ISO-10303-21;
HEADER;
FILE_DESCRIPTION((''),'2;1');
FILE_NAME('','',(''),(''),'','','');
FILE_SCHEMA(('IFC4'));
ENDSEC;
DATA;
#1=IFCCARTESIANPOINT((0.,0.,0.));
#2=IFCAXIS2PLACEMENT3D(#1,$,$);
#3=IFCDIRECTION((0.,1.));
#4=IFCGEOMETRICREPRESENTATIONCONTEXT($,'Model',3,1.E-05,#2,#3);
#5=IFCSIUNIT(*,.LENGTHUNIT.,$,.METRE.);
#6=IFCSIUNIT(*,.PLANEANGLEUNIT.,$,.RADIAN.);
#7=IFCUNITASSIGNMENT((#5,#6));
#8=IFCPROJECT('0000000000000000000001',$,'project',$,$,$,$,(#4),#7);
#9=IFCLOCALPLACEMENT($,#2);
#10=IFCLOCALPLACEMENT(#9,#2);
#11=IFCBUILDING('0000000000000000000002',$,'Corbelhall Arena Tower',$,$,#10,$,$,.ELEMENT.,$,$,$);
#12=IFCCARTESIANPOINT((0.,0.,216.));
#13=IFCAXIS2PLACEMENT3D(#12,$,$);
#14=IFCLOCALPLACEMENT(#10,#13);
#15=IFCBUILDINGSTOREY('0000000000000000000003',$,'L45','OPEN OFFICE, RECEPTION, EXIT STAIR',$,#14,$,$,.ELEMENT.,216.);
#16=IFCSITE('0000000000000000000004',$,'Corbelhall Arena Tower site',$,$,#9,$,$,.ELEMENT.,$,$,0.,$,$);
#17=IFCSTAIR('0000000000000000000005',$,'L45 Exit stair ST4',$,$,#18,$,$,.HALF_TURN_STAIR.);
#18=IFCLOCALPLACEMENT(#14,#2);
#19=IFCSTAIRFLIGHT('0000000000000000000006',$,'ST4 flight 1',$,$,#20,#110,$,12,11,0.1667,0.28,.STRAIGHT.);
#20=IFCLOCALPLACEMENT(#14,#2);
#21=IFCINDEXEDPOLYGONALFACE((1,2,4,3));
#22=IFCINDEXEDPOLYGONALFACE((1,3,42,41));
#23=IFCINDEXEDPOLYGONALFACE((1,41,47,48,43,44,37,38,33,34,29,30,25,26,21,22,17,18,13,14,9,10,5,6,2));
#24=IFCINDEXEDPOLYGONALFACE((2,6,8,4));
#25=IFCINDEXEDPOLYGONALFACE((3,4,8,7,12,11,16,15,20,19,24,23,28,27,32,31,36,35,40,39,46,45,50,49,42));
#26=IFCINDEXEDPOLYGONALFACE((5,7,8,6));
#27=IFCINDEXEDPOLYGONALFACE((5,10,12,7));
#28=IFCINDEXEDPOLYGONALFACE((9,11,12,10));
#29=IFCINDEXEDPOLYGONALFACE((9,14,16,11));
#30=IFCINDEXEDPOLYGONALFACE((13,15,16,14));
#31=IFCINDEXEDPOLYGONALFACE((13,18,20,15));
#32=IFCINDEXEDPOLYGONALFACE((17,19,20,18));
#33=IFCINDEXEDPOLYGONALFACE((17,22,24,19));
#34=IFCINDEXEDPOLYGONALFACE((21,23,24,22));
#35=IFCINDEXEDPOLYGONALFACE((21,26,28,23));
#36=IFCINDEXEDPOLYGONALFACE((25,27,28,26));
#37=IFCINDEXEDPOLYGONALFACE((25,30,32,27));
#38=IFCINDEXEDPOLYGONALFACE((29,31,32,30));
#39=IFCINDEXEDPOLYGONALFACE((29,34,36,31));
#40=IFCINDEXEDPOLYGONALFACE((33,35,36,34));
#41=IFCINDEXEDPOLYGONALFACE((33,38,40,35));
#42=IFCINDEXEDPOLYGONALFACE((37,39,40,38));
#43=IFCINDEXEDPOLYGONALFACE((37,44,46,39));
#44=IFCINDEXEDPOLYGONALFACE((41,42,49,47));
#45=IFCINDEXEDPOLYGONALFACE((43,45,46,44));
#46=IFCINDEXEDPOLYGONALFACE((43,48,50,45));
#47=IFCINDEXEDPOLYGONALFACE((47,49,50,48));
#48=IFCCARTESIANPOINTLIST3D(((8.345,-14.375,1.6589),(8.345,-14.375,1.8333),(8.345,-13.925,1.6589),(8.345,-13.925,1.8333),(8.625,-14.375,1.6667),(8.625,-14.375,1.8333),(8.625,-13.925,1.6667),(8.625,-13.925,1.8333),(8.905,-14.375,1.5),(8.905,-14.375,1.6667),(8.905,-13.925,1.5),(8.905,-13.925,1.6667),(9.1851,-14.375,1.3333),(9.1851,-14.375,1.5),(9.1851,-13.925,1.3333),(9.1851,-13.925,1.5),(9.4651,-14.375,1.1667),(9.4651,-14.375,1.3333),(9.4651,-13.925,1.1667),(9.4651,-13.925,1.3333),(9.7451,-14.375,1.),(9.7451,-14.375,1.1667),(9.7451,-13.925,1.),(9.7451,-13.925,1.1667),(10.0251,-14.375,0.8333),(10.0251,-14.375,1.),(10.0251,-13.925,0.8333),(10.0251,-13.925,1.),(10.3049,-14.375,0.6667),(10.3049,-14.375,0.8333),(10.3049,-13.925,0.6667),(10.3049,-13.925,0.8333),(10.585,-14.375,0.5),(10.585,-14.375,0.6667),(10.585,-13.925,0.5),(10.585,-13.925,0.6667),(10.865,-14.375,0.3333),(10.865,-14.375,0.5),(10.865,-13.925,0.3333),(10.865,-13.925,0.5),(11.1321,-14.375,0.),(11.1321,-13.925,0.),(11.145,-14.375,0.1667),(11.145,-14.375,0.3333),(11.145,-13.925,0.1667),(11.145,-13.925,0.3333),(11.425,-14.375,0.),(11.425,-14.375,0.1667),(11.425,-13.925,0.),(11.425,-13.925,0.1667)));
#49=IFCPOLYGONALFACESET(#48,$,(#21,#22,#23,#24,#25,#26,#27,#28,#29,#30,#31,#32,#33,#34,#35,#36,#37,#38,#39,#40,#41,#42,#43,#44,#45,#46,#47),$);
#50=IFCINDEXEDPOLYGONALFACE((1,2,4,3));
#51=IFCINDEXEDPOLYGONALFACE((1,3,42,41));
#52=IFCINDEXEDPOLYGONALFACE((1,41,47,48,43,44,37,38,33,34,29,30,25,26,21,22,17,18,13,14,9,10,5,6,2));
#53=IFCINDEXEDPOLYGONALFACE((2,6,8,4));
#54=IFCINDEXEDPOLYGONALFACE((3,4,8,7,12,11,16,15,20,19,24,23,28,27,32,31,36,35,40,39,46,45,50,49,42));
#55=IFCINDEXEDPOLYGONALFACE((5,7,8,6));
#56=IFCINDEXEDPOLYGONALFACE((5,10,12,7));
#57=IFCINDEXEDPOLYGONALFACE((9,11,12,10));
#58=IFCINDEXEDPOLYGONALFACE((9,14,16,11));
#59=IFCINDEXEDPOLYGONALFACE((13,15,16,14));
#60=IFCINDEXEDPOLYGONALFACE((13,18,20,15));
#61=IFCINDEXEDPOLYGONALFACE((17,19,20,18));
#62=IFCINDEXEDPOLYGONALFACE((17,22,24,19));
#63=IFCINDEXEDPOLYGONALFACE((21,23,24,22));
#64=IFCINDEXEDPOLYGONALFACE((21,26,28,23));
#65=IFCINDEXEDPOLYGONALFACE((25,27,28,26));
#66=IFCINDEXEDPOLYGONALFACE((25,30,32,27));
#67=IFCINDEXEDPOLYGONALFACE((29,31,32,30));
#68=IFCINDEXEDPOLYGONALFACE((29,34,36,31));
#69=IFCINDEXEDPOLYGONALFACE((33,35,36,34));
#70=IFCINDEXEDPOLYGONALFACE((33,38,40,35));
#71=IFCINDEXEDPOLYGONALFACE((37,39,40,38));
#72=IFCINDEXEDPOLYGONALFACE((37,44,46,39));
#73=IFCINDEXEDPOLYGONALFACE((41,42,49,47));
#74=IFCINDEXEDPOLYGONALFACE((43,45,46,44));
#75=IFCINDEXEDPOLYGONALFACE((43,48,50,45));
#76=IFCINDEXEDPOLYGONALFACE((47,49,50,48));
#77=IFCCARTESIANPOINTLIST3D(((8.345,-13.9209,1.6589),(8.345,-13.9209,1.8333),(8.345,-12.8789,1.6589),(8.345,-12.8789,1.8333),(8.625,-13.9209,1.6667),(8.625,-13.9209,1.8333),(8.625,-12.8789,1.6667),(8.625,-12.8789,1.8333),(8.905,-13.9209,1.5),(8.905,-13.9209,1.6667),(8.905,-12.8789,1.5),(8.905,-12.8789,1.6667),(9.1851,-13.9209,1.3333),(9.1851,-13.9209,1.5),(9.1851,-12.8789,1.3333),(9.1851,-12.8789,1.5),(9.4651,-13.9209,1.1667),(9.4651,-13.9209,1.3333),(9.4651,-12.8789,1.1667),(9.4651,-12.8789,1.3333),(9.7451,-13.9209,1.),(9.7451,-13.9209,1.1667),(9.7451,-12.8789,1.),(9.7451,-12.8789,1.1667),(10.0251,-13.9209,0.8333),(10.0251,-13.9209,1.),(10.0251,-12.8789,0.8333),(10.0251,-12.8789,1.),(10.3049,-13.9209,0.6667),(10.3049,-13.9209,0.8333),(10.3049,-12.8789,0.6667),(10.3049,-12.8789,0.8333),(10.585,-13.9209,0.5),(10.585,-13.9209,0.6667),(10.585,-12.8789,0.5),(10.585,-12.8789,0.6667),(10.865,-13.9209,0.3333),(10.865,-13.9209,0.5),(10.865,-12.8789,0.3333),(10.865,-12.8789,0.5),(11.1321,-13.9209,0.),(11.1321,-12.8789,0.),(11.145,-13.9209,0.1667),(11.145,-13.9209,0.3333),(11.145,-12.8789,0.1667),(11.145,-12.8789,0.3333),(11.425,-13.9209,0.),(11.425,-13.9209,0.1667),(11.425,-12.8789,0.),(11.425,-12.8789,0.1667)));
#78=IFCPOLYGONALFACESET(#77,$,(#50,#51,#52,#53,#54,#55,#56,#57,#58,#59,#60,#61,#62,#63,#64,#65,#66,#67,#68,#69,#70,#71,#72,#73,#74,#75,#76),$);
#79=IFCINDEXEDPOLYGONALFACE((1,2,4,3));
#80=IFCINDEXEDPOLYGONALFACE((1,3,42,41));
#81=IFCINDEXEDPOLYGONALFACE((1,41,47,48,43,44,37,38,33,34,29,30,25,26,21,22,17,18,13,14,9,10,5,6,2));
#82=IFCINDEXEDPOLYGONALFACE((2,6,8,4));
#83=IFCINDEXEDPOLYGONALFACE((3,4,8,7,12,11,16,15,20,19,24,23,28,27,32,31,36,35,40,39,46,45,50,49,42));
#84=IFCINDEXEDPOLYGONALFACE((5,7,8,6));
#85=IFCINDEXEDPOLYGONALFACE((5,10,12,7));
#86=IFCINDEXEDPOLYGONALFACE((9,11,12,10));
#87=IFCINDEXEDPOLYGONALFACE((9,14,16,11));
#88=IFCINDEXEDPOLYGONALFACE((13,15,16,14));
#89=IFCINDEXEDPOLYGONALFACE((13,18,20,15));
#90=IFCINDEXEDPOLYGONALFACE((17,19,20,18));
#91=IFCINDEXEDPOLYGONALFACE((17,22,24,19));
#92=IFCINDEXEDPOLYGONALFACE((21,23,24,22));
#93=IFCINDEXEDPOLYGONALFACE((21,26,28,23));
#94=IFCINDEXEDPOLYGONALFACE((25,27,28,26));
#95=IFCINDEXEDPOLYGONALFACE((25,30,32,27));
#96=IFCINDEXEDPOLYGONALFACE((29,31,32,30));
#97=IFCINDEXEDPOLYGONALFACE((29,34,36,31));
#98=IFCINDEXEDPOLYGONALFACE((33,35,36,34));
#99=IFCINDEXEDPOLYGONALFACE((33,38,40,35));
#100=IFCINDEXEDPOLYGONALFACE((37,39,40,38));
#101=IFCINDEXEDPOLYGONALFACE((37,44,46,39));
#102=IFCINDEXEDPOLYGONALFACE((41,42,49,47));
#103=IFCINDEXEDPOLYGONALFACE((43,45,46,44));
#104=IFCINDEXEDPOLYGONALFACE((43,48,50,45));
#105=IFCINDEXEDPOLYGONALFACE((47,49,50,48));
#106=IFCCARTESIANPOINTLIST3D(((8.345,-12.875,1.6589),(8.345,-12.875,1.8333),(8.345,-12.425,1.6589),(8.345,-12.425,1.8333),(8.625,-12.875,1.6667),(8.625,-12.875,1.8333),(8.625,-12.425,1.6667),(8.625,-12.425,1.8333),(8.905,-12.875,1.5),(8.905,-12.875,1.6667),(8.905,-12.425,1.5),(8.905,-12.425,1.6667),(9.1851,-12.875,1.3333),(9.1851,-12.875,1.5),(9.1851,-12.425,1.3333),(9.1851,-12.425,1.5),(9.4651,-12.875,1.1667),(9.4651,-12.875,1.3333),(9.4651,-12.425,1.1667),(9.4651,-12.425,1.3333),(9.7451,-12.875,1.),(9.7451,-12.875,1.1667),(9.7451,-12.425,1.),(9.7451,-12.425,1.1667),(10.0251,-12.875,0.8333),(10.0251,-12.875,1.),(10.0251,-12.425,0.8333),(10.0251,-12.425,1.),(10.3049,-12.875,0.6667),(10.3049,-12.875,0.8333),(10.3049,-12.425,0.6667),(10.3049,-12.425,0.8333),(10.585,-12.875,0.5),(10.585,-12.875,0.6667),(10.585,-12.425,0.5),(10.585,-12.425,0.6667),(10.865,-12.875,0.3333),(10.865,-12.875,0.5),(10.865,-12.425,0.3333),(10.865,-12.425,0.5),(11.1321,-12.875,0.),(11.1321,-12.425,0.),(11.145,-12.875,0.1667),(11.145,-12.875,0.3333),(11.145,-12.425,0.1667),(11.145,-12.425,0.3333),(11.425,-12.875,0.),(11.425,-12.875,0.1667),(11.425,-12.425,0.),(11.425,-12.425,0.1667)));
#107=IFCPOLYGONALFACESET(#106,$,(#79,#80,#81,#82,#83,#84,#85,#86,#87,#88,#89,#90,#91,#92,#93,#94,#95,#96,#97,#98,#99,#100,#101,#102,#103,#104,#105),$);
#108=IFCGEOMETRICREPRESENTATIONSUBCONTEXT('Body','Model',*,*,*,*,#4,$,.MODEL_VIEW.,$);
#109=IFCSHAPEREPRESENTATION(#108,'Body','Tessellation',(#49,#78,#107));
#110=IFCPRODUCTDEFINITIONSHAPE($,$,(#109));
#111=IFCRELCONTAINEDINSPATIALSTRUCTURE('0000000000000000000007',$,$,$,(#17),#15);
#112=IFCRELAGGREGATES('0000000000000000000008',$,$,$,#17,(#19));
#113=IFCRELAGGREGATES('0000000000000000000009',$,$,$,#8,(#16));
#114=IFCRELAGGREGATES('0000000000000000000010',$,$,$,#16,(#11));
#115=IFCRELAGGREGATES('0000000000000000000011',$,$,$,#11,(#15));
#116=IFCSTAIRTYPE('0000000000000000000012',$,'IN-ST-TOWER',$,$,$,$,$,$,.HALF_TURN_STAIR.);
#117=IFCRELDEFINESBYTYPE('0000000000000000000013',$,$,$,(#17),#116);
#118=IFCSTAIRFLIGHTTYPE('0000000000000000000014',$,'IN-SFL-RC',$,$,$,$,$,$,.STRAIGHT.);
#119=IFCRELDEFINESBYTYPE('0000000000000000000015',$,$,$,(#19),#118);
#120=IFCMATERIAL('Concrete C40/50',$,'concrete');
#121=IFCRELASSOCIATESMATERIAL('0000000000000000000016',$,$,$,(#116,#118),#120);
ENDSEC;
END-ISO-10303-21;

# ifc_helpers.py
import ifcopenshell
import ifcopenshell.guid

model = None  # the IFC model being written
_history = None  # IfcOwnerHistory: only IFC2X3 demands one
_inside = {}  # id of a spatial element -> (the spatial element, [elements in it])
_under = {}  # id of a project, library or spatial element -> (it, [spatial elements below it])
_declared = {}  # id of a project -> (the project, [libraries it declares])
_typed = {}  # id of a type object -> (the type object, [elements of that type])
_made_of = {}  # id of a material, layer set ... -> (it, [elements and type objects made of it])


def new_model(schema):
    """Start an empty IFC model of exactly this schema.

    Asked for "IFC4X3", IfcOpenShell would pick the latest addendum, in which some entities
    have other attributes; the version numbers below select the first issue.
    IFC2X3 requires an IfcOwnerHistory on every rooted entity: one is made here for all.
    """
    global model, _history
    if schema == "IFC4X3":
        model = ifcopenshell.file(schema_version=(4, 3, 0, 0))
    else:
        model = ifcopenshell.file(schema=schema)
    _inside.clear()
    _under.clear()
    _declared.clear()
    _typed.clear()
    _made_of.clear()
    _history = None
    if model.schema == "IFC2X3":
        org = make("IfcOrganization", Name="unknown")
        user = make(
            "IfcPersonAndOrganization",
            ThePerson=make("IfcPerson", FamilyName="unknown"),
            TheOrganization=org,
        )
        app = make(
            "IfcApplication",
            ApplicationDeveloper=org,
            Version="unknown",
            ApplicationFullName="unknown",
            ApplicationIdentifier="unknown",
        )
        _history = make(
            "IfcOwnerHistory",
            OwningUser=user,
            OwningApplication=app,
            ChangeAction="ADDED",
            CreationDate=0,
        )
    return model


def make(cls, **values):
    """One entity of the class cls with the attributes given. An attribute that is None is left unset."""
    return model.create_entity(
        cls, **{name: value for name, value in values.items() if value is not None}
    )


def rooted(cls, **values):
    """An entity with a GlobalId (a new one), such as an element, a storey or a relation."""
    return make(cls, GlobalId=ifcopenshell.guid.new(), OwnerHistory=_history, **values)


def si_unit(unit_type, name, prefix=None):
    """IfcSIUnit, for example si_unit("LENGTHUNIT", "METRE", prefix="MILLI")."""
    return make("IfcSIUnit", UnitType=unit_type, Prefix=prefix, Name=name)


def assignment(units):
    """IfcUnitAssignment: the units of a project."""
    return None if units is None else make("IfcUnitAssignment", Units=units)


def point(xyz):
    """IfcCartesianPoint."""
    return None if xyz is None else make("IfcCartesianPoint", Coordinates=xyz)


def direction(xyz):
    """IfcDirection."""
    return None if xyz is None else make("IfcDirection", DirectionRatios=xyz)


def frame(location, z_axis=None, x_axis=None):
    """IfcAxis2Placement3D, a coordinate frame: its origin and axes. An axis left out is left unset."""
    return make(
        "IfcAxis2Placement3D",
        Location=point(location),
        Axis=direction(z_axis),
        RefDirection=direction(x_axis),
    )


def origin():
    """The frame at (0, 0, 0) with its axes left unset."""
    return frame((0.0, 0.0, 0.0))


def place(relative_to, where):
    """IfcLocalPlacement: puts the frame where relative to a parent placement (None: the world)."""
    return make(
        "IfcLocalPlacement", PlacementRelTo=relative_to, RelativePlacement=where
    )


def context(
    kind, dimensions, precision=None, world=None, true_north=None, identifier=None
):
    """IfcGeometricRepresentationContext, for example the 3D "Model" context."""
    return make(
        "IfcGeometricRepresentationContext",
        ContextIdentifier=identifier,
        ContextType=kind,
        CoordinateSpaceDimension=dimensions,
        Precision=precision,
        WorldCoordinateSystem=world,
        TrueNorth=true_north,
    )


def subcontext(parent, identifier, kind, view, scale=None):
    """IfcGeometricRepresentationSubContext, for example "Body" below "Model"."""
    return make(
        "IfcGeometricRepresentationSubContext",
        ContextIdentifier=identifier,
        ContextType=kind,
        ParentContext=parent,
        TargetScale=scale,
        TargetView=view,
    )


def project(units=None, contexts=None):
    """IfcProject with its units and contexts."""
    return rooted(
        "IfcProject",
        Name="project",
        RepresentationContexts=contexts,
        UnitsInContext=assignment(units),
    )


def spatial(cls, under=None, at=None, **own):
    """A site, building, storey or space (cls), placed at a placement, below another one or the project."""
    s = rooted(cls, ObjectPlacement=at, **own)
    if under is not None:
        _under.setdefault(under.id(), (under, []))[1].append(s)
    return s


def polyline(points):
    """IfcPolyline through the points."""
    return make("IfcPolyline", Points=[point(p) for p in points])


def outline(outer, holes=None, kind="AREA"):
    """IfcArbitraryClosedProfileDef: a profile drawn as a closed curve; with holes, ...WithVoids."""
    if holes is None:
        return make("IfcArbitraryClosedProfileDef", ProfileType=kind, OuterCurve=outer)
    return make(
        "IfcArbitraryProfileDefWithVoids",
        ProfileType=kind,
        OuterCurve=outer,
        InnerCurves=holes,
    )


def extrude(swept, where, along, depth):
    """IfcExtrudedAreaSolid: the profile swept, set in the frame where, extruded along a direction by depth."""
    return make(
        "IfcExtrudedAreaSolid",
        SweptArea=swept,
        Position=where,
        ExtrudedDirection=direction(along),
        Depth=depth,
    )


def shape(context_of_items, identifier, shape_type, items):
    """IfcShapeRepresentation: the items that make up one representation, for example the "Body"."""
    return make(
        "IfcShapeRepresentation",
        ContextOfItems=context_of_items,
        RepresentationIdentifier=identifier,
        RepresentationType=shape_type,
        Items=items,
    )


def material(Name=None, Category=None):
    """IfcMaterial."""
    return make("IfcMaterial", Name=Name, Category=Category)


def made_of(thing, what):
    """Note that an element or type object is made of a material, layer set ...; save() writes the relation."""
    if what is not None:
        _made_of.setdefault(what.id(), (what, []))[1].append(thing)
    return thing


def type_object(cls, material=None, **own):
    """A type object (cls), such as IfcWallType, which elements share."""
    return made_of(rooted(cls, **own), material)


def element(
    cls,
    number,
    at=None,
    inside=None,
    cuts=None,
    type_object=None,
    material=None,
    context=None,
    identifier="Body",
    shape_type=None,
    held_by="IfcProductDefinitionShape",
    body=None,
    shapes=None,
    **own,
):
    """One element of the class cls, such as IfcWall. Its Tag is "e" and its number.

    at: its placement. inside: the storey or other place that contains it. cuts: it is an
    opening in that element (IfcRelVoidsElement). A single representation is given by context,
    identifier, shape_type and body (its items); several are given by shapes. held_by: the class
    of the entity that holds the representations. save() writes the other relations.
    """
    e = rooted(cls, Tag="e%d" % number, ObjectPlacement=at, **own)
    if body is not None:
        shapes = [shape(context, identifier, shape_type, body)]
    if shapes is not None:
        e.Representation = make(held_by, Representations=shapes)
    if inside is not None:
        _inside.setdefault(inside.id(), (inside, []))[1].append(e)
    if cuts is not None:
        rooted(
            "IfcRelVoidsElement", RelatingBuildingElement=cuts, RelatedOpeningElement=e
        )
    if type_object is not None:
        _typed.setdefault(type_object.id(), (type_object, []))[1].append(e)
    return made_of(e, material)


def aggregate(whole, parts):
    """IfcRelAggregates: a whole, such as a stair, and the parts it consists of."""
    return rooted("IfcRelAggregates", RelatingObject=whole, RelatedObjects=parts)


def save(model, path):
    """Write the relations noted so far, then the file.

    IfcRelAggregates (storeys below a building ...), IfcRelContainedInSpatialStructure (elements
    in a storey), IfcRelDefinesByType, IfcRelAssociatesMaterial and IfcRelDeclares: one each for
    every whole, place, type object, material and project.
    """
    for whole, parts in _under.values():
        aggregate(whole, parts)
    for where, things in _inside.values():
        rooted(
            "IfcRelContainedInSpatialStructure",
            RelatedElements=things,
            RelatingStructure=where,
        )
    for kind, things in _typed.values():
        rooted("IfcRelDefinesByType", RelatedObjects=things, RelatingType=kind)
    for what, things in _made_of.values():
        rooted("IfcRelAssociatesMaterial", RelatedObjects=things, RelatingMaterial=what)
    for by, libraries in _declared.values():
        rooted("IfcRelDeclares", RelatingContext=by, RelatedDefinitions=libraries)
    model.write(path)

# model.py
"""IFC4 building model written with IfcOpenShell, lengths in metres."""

from ifc_helpers import new_model, si_unit, direction, frame, origin, place, context, subcontext, project, spatial, polyline, outline, extrude, material, type_object, element, aggregate, save


model = new_model("IFC4")

# Units and contexts
model_context = context("Model", 3, precision=1e-05, world=origin(), true_north=direction((0.0, 1.0)))
body_context = subcontext(model_context, "Body", "Model", "MODEL_VIEW")
ifc_project = project(units=[si_unit("LENGTHUNIT", "METRE"), si_unit("PLANEANGLEUNIT", "RADIAN")], contexts=[model_context])

# Site, building, storey
site_placement = place(None, origin())
site = spatial("IfcSite", under=ifc_project, at=site_placement, Name="Corbelhall Arena Tower site", CompositionType="ELEMENT", RefElevation=0.0)
building_placement = place(site_placement, origin())
building = spatial("IfcBuilding", under=site, at=building_placement, Name="Corbelhall Arena Tower", CompositionType="ELEMENT")
storey_placement = place(building_placement, frame((0.0, 0.0, 216.0)))
storey = spatial("IfcBuildingStorey", under=building, at=storey_placement, Name="L45", Description="OPEN OFFICE, RECEPTION, EXIT STAIR", CompositionType="ELEMENT", Elevation=216.0)

# Shared definitions
ifc_material_1 = material(Name="Concrete C40/50", Category="concrete")

# Stair, stair flight
stair_type = type_object("IfcStairType", Name="IN-ST-TOWER", PredefinedType="HALF_TURN_STAIR", material=ifc_material_1)
stair_placement = place(storey_placement, origin())
stair = element("IfcStair", 1, at=stair_placement, inside=storey, type_object=stair_type, Name="L45 Exit stair ST4", PredefinedType="HALF_TURN_STAIR")
stair_flight_type = type_object("IfcStairFlightType", Name="IN-SFL-RC", PredefinedType="STRAIGHT", material=ifc_material_1)
stair_flight_placement = place(storey_placement, frame((11.425, -13.3999, 0.0), z_axis=(0.0, 0.0, 1.0), x_axis=(-1.0, 0.0, 0.0)))
stair_flight = element("IfcStairFlight", 2, at=stair_flight_placement, type_object=stair_flight_type, Name="ST4 flight 1", NumberOfRisers=12, NumberOfTreads=11, PredefinedType="STRAIGHT", RiserHeight=0.1667, TreadLength=0.28, context=body_context, shape_type="SweptSolid", body=[
    extrude(outline(polyline([(0.0, 0.0), (0.0, 0.1667), (0.28, 0.1667), (0.28, 0.3333), (0.5601, 0.3333), (0.5601, 0.5), (0.8401, 0.5), (0.8401, 0.6667), (1.1201, 0.6667), (1.1201, 0.8333), (1.3999, 0.8333), (1.3999, 1.0), (1.6799, 1.0), (1.6799, 1.1667), (1.96, 1.1667), (1.96, 1.3333), (2.24, 1.3333), (2.24, 1.5), (2.52, 1.5), (2.52, 1.6667), (2.8, 1.6667), (2.8, 1.8333), (3.0801, 1.8333), (3.0801, 2.0), (3.0801, 1.6589), (0.293, 0.0), (0.0, 0.0)])), frame((0.0, 0.9751, 0.0), z_axis=(0.0, -1.0, 0.0), x_axis=(1.0, 0.0, 0.0)), (0.0, 0.0, 1.0), 0.45),
    extrude(outline(polyline([(0.0, 0.0), (0.0, 0.1667), (0.28, 0.1667), (0.28, 0.3333), (0.5601, 0.3333), (0.5601, 0.5), (0.8401, 0.5), (0.8401, 0.6667), (1.1201, 0.6667), (1.1201, 0.8333), (1.3999, 0.8333), (1.3999, 1.0), (1.6799, 1.0), (1.6799, 1.1667), (1.96, 1.1667), (1.96, 1.3333), (2.24, 1.3333), (2.24, 1.5), (2.52, 1.5), (2.52, 1.6667), (2.8, 1.6667), (2.8, 1.8333), (3.0801, 1.8333), (3.0801, 2.0), (3.0801, 1.6589), (0.293, 0.0), (0.0, 0.0)])), frame((0.0, 0.521, 0.0), z_axis=(0.0, -1.0, 0.0), x_axis=(1.0, 0.0, 0.0)), (0.0, 0.0, 1.0), 1.042),
    extrude(outline(polyline([(0.0, 0.0), (0.0, 0.1667), (0.28, 0.1667), (0.28, 0.3333), (0.5601, 0.3333), (0.5601, 0.5), (0.8401, 0.5), (0.8401, 0.6667), (1.1201, 0.6667), (1.1201, 0.8333), (1.3999, 0.8333), (1.3999, 1.0), (1.6799, 1.0), (1.6799, 1.1667), (1.96, 1.1667), (1.96, 1.3333), (2.24, 1.3333), (2.24, 1.5), (2.52, 1.5), (2.52, 1.6667), (2.8, 1.6667), (2.8, 1.8333), (3.0801, 1.8333), (3.0801, 2.0), (3.0801, 1.6589), (0.293, 0.0), (0.0, 0.0)])), frame((0.0, -0.5249, 0.0), z_axis=(0.0, -1.0, 0.0), x_axis=(1.0, 0.0, 0.0)), (0.0, 0.0, 1.0), 0.45),
])
aggregate(stair, [stair_flight])

save(model, "model.ifc")
